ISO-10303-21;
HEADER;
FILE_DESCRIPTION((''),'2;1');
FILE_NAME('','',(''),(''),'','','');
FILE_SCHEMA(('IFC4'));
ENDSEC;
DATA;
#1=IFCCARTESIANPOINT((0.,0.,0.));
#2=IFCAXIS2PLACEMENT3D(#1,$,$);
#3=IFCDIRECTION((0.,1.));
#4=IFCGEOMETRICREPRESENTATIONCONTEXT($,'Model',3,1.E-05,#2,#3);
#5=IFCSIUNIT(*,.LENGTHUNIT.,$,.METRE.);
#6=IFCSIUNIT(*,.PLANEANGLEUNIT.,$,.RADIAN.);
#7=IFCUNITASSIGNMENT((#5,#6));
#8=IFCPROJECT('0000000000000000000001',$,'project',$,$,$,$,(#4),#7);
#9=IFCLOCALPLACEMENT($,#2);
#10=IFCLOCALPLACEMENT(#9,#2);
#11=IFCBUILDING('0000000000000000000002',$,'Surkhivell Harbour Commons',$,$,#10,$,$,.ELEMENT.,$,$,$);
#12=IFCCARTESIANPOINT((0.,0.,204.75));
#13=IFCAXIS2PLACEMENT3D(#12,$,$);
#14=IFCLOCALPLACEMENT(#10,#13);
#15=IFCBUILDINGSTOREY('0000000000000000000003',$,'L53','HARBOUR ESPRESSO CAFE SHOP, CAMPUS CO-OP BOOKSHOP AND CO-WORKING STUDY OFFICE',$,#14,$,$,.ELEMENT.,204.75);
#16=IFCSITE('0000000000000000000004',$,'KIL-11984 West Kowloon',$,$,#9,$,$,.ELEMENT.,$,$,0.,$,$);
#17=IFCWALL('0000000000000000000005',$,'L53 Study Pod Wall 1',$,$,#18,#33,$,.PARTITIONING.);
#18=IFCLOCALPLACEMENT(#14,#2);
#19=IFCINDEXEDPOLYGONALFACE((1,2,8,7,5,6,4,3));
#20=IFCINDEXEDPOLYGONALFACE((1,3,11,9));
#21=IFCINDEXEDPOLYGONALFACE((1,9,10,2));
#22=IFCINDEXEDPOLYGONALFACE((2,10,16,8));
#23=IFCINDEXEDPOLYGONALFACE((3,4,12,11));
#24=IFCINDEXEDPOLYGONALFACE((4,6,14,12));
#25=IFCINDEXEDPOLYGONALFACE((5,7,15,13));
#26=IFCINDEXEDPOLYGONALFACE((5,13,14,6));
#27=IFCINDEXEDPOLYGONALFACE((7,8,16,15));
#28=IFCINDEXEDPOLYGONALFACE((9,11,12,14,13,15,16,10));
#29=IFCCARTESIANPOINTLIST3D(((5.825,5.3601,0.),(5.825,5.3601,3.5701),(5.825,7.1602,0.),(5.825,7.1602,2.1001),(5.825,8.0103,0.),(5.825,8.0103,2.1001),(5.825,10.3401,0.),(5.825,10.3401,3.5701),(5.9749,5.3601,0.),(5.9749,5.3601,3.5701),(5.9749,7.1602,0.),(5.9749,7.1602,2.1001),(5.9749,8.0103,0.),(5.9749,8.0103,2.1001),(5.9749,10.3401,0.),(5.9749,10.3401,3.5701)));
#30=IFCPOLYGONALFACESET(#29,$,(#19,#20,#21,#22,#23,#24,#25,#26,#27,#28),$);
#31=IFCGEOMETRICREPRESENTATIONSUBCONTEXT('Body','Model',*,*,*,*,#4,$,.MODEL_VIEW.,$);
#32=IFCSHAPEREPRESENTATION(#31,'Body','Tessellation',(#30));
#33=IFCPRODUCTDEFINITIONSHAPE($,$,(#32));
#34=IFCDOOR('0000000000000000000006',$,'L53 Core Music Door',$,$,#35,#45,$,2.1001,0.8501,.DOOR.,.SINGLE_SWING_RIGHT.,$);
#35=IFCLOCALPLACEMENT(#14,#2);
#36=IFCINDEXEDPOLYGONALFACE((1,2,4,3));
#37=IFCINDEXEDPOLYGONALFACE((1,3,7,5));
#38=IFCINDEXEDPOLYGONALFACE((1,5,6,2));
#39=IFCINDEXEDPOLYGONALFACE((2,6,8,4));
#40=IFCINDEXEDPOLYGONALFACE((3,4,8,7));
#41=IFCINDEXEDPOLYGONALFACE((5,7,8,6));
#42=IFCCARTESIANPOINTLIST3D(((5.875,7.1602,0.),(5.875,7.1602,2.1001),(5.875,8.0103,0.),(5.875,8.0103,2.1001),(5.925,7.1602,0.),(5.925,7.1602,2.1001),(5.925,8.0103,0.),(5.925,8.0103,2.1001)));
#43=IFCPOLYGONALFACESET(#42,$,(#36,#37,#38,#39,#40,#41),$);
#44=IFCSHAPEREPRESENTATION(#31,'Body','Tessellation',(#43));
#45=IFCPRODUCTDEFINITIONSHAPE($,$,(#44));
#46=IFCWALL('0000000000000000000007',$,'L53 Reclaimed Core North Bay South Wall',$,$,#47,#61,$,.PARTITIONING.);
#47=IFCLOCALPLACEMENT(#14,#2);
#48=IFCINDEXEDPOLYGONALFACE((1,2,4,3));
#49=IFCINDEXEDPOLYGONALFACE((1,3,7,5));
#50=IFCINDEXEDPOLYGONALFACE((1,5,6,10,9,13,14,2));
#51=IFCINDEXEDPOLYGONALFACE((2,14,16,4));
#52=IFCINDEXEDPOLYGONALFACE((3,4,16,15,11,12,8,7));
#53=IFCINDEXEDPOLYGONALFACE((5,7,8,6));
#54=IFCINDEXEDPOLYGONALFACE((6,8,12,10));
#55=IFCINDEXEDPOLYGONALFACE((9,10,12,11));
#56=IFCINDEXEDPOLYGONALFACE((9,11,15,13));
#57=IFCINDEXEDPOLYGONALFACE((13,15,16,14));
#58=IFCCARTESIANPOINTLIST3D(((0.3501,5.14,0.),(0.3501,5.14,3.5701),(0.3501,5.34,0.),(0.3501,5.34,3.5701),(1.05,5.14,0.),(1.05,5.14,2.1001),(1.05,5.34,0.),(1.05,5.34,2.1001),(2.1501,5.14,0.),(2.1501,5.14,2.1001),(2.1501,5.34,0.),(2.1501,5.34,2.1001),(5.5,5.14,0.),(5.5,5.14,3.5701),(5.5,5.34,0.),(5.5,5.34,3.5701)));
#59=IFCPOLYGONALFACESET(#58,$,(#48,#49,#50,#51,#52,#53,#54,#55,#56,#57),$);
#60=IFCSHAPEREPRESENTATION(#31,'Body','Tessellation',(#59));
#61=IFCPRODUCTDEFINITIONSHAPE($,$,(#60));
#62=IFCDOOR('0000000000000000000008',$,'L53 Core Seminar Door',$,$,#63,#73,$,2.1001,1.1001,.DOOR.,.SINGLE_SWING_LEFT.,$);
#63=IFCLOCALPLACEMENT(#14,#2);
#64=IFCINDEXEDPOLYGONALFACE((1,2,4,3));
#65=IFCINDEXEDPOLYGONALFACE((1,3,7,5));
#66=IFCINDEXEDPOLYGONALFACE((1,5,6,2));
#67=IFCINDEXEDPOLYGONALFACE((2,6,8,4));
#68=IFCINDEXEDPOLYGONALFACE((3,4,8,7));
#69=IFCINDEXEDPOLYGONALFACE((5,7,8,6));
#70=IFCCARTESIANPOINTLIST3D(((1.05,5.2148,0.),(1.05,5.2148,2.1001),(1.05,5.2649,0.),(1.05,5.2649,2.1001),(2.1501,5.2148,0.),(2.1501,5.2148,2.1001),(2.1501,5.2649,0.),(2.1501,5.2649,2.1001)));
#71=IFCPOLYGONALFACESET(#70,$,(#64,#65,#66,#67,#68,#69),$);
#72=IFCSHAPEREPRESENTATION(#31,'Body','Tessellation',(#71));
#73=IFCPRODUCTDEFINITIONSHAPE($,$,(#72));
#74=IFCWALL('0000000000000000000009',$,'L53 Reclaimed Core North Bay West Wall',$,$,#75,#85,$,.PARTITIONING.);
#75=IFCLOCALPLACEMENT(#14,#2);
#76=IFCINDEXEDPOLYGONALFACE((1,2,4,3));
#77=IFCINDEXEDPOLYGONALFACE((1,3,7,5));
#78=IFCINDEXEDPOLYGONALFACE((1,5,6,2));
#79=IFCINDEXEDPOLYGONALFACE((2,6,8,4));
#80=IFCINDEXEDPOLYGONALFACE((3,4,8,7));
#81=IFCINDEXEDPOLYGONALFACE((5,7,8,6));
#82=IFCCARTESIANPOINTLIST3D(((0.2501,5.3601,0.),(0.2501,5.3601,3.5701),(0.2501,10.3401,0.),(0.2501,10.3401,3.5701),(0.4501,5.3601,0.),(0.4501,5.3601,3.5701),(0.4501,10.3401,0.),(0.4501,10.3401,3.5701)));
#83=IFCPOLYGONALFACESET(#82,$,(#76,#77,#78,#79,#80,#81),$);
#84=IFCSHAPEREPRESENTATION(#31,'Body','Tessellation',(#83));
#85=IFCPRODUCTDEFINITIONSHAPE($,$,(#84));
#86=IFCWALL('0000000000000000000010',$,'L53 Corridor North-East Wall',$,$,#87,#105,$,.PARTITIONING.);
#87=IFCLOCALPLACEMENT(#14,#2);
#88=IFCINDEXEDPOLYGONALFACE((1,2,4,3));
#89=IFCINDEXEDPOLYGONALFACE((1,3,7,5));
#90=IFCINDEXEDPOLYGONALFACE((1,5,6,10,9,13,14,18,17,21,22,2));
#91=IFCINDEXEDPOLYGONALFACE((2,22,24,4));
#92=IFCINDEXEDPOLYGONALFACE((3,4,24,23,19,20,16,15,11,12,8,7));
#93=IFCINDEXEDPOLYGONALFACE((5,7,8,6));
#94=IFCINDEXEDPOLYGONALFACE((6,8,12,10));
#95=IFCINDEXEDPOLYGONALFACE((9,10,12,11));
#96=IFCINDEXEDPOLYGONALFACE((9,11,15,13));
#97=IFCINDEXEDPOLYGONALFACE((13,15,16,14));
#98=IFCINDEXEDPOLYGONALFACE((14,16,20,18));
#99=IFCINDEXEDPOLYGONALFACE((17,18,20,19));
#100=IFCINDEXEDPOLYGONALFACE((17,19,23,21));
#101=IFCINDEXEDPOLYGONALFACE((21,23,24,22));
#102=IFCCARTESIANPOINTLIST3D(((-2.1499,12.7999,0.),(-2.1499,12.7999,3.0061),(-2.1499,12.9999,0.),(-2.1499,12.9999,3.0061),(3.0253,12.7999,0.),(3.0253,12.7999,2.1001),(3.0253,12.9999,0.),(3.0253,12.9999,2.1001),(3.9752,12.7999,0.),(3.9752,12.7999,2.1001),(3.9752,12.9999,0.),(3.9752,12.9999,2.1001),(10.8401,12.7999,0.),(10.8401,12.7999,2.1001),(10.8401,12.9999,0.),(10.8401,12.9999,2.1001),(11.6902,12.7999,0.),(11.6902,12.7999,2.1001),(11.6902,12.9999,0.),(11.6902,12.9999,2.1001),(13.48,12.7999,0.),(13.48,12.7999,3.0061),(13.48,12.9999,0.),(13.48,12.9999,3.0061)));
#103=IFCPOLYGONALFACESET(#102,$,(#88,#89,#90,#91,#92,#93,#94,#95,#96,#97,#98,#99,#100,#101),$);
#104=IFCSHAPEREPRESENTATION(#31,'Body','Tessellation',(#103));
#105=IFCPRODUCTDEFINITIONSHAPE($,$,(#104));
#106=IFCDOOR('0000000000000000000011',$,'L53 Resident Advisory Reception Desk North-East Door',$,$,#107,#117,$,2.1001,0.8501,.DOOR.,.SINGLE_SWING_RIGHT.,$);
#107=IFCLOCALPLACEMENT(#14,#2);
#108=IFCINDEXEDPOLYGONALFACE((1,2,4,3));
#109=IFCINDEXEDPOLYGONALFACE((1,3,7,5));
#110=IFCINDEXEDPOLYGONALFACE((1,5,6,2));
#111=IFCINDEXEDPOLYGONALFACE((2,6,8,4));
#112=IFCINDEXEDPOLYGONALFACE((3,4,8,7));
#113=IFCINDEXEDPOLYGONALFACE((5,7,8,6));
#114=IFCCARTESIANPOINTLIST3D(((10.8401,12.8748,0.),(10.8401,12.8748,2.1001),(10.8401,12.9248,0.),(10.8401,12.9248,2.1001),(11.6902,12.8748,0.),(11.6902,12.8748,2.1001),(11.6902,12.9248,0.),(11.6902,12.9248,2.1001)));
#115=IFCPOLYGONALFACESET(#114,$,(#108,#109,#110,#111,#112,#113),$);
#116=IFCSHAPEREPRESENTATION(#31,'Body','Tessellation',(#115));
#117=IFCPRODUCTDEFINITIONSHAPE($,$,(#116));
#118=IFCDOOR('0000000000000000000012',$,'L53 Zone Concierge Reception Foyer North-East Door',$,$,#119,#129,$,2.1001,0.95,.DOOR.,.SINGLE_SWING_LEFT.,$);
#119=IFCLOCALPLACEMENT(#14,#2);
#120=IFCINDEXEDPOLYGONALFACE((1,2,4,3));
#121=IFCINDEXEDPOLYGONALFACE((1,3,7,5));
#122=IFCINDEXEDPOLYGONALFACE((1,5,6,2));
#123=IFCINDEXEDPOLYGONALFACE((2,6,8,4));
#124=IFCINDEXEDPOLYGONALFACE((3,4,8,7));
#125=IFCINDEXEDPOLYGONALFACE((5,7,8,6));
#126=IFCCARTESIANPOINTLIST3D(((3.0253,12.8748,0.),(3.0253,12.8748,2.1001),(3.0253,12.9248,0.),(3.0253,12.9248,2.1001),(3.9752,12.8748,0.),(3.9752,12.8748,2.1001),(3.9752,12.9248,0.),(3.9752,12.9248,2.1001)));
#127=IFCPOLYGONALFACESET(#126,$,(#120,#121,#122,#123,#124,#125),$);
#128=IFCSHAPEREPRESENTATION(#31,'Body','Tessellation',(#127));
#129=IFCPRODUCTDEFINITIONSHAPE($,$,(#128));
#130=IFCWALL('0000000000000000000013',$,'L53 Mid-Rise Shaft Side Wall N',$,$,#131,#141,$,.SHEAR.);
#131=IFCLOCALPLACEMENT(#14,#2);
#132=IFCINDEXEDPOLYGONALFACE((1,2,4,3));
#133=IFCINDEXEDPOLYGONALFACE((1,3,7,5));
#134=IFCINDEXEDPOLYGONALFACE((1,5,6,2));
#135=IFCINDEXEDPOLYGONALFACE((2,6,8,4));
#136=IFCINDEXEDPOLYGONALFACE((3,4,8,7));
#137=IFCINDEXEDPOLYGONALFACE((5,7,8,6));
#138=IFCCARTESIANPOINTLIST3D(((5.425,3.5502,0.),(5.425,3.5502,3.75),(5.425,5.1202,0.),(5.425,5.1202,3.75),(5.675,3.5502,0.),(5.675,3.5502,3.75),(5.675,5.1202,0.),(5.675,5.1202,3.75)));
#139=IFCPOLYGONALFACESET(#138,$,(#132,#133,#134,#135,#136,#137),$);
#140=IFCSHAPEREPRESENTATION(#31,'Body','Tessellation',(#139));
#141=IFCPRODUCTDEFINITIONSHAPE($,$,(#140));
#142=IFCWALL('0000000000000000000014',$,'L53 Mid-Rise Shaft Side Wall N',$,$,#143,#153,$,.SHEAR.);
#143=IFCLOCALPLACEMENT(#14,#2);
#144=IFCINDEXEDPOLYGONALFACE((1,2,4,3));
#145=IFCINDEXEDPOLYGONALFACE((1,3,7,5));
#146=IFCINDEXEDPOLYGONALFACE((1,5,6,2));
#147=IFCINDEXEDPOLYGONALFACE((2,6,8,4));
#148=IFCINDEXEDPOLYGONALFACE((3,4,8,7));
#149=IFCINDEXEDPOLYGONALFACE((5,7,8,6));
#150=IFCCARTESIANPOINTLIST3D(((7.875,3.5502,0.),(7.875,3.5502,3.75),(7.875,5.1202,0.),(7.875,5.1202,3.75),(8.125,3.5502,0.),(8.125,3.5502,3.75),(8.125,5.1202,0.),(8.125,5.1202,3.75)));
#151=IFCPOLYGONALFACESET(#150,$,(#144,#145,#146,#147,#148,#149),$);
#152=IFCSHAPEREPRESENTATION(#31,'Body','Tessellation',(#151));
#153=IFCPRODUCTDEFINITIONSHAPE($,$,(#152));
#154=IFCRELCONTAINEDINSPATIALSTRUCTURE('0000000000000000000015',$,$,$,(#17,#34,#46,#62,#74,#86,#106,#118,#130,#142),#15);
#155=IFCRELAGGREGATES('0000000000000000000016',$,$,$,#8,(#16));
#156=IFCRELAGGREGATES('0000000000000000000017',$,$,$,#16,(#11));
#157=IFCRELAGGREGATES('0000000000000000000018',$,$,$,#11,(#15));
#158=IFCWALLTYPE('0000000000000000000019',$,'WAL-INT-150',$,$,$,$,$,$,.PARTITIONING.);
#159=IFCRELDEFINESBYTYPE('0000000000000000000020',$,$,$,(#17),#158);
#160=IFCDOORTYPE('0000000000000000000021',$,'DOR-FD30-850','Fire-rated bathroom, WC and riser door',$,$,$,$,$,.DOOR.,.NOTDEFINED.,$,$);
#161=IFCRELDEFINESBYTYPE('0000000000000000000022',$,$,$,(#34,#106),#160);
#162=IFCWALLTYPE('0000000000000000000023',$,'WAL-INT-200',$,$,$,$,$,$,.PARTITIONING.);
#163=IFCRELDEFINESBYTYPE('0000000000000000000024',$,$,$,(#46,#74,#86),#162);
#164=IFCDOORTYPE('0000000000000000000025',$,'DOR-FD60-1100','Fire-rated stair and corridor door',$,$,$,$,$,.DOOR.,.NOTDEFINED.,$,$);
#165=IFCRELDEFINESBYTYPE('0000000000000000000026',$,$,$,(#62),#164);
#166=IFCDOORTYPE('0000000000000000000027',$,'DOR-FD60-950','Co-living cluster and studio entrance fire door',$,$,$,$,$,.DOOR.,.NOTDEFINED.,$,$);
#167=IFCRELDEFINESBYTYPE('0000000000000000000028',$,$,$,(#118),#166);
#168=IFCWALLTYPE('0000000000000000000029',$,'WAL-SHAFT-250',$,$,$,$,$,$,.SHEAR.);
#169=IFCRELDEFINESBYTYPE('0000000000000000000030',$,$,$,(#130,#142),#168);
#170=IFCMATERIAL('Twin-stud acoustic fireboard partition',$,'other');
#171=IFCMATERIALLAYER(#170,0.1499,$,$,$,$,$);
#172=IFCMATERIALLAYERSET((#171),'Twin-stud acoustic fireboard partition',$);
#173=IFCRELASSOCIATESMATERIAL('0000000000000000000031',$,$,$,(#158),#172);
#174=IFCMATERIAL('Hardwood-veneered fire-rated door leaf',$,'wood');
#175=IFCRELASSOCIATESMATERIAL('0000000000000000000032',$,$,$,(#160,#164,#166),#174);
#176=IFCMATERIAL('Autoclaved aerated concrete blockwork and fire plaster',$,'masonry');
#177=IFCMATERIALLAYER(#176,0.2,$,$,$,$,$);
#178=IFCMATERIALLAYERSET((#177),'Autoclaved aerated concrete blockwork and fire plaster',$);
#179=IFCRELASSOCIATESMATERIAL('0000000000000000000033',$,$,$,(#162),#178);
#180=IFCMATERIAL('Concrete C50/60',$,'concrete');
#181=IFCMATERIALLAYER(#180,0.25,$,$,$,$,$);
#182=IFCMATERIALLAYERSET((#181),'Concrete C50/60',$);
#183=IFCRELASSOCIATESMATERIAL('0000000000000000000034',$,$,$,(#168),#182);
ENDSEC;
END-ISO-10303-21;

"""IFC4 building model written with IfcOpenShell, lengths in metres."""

from ifc_helpers import new_model, si_unit, direction, frame, frame_2d, origin, place, context, subcontext, project, spatial, rectangle, extrude, material, layer, layer_set, type_object, element, fill, save


model = new_model("IFC4")

# Units and contexts
model_context = context("Model", 3, precision=1e-05, world=origin(), true_north=direction((0.0, 1.0)))
body_context = subcontext(model_context, "Body", "Model", "MODEL_VIEW")
ifc_project = project(units=[si_unit("LENGTHUNIT", "METRE"), si_unit("PLANEANGLEUNIT", "RADIAN")], contexts=[model_context])

# Site, building, storey
site_placement = place(None, origin())
site = spatial("IfcSite", under=ifc_project, at=site_placement, Name="KIL-11984 West Kowloon", CompositionType="ELEMENT", RefElevation=0.0)
building_placement = place(site_placement, origin())
building = spatial("IfcBuilding", under=site, at=building_placement, Name="Surkhivell Harbour Commons", CompositionType="ELEMENT")
storey_placement = place(building_placement, frame((0.0, 0.0, 204.75)))
storey = spatial("IfcBuildingStorey", under=building, at=storey_placement, Name="L53", Description="HARBOUR ESPRESSO CAFE SHOP, CAMPUS CO-OP BOOKSHOP AND CO-WORKING STUDY OFFICE", CompositionType="ELEMENT", Elevation=204.75)

# Shared definitions
ifc_material_1 = material(Name="Twin-stud acoustic fireboard partition", Category="other")
ifc_layer_1 = layer(ifc_material_1, 0.1499)
ifc_layer_set_1 = layer_set([ifc_layer_1], Name="Twin-stud acoustic fireboard partition")
wall_type_1 = type_object("IfcWallType", Name="WAL-INT-150", PredefinedType="PARTITIONING", material=ifc_layer_set_1)
ifc_material_2 = material(Name="Hardwood-veneered fire-rated door leaf", Category="wood")
door_type_1 = type_object("IfcDoorType", Name="DOR-FD30-850", Description="Fire-rated bathroom, WC and riser door", OperationType="NOTDEFINED", PredefinedType="DOOR", material=ifc_material_2)

# Walls, openings, doors
wall_1_placement = place(storey_placement, frame((5.8999, 5.3601, 0.0), z_axis=(0.0, 0.0, 1.0), x_axis=(0.0, 1.0, 0.0)))
wall_1 = element("IfcWall", 1, at=wall_1_placement, inside=storey, type_object=wall_type_1, Name="L53 Study Pod Wall 1", PredefinedType="PARTITIONING", context=body_context, shape_type="SweptSolid", body=[
    extrude(rectangle(XDim=4.98, YDim=0.1499, at=frame_2d((2.49, 0.0))), origin(), (0.0, 0.0, 1.0), 3.5701),
])
opening_1_placement = place(wall_1_placement, frame((1.8, 0.0, 0.0)))
opening_1 = element("IfcOpeningElement", 2, at=opening_1_placement, cuts=wall_1, PredefinedType="OPENING", context=body_context, shape_type="SweptSolid", body=[
    extrude(rectangle(XDim=0.8501, YDim=2.1001, at=frame_2d((0.425, 1.05))), frame((0.0, 0.085, 0.0), z_axis=(0.0, -1.0, 0.0), x_axis=(1.0, 0.0, 0.0)), (0.0, 0.0, 1.0), 0.1699),
])
door_1_placement = place(opening_1_placement, origin())
door_1 = element("IfcDoor", 3, at=door_1_placement, inside=storey, type_object=door_type_1, Name="L53 Core Music Door", OperationType="SINGLE_SWING_RIGHT", OverallHeight=2.1001, OverallWidth=0.8501, PredefinedType="DOOR", context=body_context, shape_type="SweptSolid", body=[
    extrude(rectangle(XDim=0.8501, YDim=2.1001, at=frame_2d((0.425, 1.05))), frame((0.0, 0.0249, 0.0), z_axis=(0.0, -1.0, 0.0), x_axis=(1.0, 0.0, 0.0)), (0.0, 0.0, 1.0), 0.05),
])
fill(opening_1, door_1)
ifc_material_3 = material(Name="Autoclaved aerated concrete blockwork and fire plaster", Category="masonry")
ifc_layer_2 = layer(ifc_material_3, 0.2)
ifc_layer_set_2 = layer_set([ifc_layer_2], Name="Autoclaved aerated concrete blockwork and fire plaster")
wall_type_2 = type_object("IfcWallType", Name="WAL-INT-200", PredefinedType="PARTITIONING", material=ifc_layer_set_2)
wall_2_placement = place(storey_placement, frame((0.3501, 5.24, 0.0), z_axis=(0.0, 0.0, 1.0), x_axis=(1.0, 0.0, 0.0)))
wall_2 = element("IfcWall", 4, at=wall_2_placement, inside=storey, type_object=wall_type_2, Name="L53 Reclaimed Core North Bay South Wall", PredefinedType="PARTITIONING", context=body_context, shape_type="SweptSolid", body=[
    extrude(rectangle(XDim=5.1499, YDim=0.2, at=frame_2d((2.575, 0.0))), origin(), (0.0, 0.0, 1.0), 3.5701),
])
opening_2_placement = place(wall_2_placement, frame((0.7, 0.0, 0.0)))
opening_2 = element("IfcOpeningElement", 5, at=opening_2_placement, cuts=wall_2, PredefinedType="OPENING", context=body_context, shape_type="SweptSolid", body=[
    extrude(rectangle(XDim=1.1001, YDim=2.1001, at=frame_2d((0.55, 1.05))), frame((0.0, 0.1099, 0.0), z_axis=(0.0, -1.0, 0.0), x_axis=(1.0, 0.0, 0.0)), (0.0, 0.0, 1.0), 0.22),
])
door_type_2 = type_object("IfcDoorType", Name="DOR-FD60-1100", Description="Fire-rated stair and corridor door", OperationType="NOTDEFINED", PredefinedType="DOOR", material=ifc_material_2)
door_2_placement = place(opening_2_placement, origin())
door_2 = element("IfcDoor", 6, at=door_2_placement, inside=storey, type_object=door_type_2, Name="L53 Core Seminar Door", OperationType="SINGLE_SWING_LEFT", OverallHeight=2.1001, OverallWidth=1.1001, PredefinedType="DOOR", context=body_context, shape_type="SweptSolid", body=[
    extrude(rectangle(XDim=1.1001, YDim=2.1001, at=frame_2d((0.55, 1.05))), frame((0.0, 0.0249, 0.0), z_axis=(0.0, -1.0, 0.0), x_axis=(1.0, 0.0, 0.0)), (0.0, 0.0, 1.0), 0.05),
])
fill(opening_2, door_2)

# Wall
wall_3_placement = place(storey_placement, frame((0.3501, 5.3601, 0.0), z_axis=(0.0, 0.0, 1.0), x_axis=(0.0, 1.0, 0.0)))
element("IfcWall", 7, at=wall_3_placement, inside=storey, type_object=wall_type_2, Name="L53 Reclaimed Core North Bay West Wall", PredefinedType="PARTITIONING", context=body_context, shape_type="SweptSolid", body=[
    extrude(rectangle(XDim=4.98, YDim=0.2, at=frame_2d((2.49, 0.0))), origin(), (0.0, 0.0, 1.0), 3.5701),
])

# Wall, openings, doors
wall_4_placement = place(storey_placement, frame((-2.1499, 12.8999, 0.0), z_axis=(0.0, 0.0, 1.0), x_axis=(1.0, 0.0, 0.0)))
wall_4 = element("IfcWall", 8, at=wall_4_placement, inside=storey, type_object=wall_type_2, Name="L53 Corridor North-East Wall", PredefinedType="PARTITIONING", context=body_context, shape_type="SweptSolid", body=[
    extrude(rectangle(XDim=15.6299, YDim=0.2, at=frame_2d((7.8149, 0.0))), origin(), (0.0, 0.0, 1.0), 3.0061),
])
opening_3_placement = place(wall_4_placement, frame((5.175, 0.0, 0.0)))
opening_3 = element("IfcOpeningElement", 9, at=opening_3_placement, cuts=wall_4, PredefinedType="OPENING", context=body_context, shape_type="SweptSolid", body=[
    extrude(rectangle(XDim=0.95, YDim=2.1001, at=frame_2d((0.4751, 1.05))), frame((0.0, 0.1099, 0.0), z_axis=(0.0, -1.0, 0.0), x_axis=(1.0, 0.0, 0.0)), (0.0, 0.0, 1.0), 0.22),
])
opening_4_placement = place(wall_4_placement, frame((12.99, 0.0, 0.0)))
opening_4 = element("IfcOpeningElement", 10, at=opening_4_placement, cuts=wall_4, PredefinedType="OPENING", context=body_context, shape_type="SweptSolid", body=[
    extrude(rectangle(XDim=0.8501, YDim=2.1001, at=frame_2d((0.425, 1.05))), frame((0.0, 0.1099, 0.0), z_axis=(0.0, -1.0, 0.0), x_axis=(1.0, 0.0, 0.0)), (0.0, 0.0, 1.0), 0.22),
])
door_3_placement = place(opening_4_placement, origin())
door_3 = element("IfcDoor", 11, at=door_3_placement, inside=storey, type_object=door_type_1, Name="L53 Resident Advisory Reception Desk North-East Door", OperationType="SINGLE_SWING_RIGHT", OverallHeight=2.1001, OverallWidth=0.8501, PredefinedType="DOOR", context=body_context, shape_type="SweptSolid", body=[
    extrude(rectangle(XDim=0.8501, YDim=2.1001, at=frame_2d((0.425, 1.05))), frame((0.0, 0.0249, 0.0), z_axis=(0.0, -1.0, 0.0), x_axis=(1.0, 0.0, 0.0)), (0.0, 0.0, 1.0), 0.05),
])
fill(opening_4, door_3)
door_type_3 = type_object("IfcDoorType", Name="DOR-FD60-950", Description="Co-living cluster and studio entrance fire door", OperationType="NOTDEFINED", PredefinedType="DOOR", material=ifc_material_2)
door_4_placement = place(opening_3_placement, origin())
door_4 = element("IfcDoor", 12, at=door_4_placement, inside=storey, type_object=door_type_3, Name="L53 Zone Concierge Reception Foyer North-East Door", OperationType="SINGLE_SWING_LEFT", OverallHeight=2.1001, OverallWidth=0.95, PredefinedType="DOOR", context=body_context, shape_type="SweptSolid", body=[
    extrude(rectangle(XDim=0.95, YDim=2.1001, at=frame_2d((0.4751, 1.05))), frame((0.0, 0.0249, 0.0), z_axis=(0.0, -1.0, 0.0), x_axis=(1.0, 0.0, 0.0)), (0.0, 0.0, 1.0), 0.05),
])
fill(opening_3, door_4)

# Walls
ifc_material_4 = material(Name="Concrete C50/60", Category="concrete")
ifc_layer_3 = layer(ifc_material_4, 0.25)
ifc_layer_set_3 = layer_set([ifc_layer_3], Name="Concrete C50/60")
wall_type_3 = type_object("IfcWallType", Name="WAL-SHAFT-250", PredefinedType="SHEAR", material=ifc_layer_set_3)
for number, where, z_axis, x_axis, name in (
    (13, (5.55, 3.55, 0.0), (0.0, 0.0, 1.0), (0.0, 1.0, 0.0), "L53 Mid-Rise Shaft Side Wall N"),
    (14, (8.0, 3.55, 0.0), (0.0, 0.0, 1.0), (0.0, 1.0, 0.0), "L53 Mid-Rise Shaft Side Wall N"),
):
    element("IfcWall", number, at=place(storey_placement, frame(where, z_axis=z_axis, x_axis=x_axis)), inside=storey, type_object=wall_type_3, Name=name, PredefinedType="SHEAR", context=body_context, shape_type="SweptSolid", body=[
        extrude(rectangle(XDim=1.5701, YDim=0.25, at=frame_2d((0.7852, 0.0))), origin(), (0.0, 0.0, 1.0), 3.75),
    ])

save(model, "model.ifc")
